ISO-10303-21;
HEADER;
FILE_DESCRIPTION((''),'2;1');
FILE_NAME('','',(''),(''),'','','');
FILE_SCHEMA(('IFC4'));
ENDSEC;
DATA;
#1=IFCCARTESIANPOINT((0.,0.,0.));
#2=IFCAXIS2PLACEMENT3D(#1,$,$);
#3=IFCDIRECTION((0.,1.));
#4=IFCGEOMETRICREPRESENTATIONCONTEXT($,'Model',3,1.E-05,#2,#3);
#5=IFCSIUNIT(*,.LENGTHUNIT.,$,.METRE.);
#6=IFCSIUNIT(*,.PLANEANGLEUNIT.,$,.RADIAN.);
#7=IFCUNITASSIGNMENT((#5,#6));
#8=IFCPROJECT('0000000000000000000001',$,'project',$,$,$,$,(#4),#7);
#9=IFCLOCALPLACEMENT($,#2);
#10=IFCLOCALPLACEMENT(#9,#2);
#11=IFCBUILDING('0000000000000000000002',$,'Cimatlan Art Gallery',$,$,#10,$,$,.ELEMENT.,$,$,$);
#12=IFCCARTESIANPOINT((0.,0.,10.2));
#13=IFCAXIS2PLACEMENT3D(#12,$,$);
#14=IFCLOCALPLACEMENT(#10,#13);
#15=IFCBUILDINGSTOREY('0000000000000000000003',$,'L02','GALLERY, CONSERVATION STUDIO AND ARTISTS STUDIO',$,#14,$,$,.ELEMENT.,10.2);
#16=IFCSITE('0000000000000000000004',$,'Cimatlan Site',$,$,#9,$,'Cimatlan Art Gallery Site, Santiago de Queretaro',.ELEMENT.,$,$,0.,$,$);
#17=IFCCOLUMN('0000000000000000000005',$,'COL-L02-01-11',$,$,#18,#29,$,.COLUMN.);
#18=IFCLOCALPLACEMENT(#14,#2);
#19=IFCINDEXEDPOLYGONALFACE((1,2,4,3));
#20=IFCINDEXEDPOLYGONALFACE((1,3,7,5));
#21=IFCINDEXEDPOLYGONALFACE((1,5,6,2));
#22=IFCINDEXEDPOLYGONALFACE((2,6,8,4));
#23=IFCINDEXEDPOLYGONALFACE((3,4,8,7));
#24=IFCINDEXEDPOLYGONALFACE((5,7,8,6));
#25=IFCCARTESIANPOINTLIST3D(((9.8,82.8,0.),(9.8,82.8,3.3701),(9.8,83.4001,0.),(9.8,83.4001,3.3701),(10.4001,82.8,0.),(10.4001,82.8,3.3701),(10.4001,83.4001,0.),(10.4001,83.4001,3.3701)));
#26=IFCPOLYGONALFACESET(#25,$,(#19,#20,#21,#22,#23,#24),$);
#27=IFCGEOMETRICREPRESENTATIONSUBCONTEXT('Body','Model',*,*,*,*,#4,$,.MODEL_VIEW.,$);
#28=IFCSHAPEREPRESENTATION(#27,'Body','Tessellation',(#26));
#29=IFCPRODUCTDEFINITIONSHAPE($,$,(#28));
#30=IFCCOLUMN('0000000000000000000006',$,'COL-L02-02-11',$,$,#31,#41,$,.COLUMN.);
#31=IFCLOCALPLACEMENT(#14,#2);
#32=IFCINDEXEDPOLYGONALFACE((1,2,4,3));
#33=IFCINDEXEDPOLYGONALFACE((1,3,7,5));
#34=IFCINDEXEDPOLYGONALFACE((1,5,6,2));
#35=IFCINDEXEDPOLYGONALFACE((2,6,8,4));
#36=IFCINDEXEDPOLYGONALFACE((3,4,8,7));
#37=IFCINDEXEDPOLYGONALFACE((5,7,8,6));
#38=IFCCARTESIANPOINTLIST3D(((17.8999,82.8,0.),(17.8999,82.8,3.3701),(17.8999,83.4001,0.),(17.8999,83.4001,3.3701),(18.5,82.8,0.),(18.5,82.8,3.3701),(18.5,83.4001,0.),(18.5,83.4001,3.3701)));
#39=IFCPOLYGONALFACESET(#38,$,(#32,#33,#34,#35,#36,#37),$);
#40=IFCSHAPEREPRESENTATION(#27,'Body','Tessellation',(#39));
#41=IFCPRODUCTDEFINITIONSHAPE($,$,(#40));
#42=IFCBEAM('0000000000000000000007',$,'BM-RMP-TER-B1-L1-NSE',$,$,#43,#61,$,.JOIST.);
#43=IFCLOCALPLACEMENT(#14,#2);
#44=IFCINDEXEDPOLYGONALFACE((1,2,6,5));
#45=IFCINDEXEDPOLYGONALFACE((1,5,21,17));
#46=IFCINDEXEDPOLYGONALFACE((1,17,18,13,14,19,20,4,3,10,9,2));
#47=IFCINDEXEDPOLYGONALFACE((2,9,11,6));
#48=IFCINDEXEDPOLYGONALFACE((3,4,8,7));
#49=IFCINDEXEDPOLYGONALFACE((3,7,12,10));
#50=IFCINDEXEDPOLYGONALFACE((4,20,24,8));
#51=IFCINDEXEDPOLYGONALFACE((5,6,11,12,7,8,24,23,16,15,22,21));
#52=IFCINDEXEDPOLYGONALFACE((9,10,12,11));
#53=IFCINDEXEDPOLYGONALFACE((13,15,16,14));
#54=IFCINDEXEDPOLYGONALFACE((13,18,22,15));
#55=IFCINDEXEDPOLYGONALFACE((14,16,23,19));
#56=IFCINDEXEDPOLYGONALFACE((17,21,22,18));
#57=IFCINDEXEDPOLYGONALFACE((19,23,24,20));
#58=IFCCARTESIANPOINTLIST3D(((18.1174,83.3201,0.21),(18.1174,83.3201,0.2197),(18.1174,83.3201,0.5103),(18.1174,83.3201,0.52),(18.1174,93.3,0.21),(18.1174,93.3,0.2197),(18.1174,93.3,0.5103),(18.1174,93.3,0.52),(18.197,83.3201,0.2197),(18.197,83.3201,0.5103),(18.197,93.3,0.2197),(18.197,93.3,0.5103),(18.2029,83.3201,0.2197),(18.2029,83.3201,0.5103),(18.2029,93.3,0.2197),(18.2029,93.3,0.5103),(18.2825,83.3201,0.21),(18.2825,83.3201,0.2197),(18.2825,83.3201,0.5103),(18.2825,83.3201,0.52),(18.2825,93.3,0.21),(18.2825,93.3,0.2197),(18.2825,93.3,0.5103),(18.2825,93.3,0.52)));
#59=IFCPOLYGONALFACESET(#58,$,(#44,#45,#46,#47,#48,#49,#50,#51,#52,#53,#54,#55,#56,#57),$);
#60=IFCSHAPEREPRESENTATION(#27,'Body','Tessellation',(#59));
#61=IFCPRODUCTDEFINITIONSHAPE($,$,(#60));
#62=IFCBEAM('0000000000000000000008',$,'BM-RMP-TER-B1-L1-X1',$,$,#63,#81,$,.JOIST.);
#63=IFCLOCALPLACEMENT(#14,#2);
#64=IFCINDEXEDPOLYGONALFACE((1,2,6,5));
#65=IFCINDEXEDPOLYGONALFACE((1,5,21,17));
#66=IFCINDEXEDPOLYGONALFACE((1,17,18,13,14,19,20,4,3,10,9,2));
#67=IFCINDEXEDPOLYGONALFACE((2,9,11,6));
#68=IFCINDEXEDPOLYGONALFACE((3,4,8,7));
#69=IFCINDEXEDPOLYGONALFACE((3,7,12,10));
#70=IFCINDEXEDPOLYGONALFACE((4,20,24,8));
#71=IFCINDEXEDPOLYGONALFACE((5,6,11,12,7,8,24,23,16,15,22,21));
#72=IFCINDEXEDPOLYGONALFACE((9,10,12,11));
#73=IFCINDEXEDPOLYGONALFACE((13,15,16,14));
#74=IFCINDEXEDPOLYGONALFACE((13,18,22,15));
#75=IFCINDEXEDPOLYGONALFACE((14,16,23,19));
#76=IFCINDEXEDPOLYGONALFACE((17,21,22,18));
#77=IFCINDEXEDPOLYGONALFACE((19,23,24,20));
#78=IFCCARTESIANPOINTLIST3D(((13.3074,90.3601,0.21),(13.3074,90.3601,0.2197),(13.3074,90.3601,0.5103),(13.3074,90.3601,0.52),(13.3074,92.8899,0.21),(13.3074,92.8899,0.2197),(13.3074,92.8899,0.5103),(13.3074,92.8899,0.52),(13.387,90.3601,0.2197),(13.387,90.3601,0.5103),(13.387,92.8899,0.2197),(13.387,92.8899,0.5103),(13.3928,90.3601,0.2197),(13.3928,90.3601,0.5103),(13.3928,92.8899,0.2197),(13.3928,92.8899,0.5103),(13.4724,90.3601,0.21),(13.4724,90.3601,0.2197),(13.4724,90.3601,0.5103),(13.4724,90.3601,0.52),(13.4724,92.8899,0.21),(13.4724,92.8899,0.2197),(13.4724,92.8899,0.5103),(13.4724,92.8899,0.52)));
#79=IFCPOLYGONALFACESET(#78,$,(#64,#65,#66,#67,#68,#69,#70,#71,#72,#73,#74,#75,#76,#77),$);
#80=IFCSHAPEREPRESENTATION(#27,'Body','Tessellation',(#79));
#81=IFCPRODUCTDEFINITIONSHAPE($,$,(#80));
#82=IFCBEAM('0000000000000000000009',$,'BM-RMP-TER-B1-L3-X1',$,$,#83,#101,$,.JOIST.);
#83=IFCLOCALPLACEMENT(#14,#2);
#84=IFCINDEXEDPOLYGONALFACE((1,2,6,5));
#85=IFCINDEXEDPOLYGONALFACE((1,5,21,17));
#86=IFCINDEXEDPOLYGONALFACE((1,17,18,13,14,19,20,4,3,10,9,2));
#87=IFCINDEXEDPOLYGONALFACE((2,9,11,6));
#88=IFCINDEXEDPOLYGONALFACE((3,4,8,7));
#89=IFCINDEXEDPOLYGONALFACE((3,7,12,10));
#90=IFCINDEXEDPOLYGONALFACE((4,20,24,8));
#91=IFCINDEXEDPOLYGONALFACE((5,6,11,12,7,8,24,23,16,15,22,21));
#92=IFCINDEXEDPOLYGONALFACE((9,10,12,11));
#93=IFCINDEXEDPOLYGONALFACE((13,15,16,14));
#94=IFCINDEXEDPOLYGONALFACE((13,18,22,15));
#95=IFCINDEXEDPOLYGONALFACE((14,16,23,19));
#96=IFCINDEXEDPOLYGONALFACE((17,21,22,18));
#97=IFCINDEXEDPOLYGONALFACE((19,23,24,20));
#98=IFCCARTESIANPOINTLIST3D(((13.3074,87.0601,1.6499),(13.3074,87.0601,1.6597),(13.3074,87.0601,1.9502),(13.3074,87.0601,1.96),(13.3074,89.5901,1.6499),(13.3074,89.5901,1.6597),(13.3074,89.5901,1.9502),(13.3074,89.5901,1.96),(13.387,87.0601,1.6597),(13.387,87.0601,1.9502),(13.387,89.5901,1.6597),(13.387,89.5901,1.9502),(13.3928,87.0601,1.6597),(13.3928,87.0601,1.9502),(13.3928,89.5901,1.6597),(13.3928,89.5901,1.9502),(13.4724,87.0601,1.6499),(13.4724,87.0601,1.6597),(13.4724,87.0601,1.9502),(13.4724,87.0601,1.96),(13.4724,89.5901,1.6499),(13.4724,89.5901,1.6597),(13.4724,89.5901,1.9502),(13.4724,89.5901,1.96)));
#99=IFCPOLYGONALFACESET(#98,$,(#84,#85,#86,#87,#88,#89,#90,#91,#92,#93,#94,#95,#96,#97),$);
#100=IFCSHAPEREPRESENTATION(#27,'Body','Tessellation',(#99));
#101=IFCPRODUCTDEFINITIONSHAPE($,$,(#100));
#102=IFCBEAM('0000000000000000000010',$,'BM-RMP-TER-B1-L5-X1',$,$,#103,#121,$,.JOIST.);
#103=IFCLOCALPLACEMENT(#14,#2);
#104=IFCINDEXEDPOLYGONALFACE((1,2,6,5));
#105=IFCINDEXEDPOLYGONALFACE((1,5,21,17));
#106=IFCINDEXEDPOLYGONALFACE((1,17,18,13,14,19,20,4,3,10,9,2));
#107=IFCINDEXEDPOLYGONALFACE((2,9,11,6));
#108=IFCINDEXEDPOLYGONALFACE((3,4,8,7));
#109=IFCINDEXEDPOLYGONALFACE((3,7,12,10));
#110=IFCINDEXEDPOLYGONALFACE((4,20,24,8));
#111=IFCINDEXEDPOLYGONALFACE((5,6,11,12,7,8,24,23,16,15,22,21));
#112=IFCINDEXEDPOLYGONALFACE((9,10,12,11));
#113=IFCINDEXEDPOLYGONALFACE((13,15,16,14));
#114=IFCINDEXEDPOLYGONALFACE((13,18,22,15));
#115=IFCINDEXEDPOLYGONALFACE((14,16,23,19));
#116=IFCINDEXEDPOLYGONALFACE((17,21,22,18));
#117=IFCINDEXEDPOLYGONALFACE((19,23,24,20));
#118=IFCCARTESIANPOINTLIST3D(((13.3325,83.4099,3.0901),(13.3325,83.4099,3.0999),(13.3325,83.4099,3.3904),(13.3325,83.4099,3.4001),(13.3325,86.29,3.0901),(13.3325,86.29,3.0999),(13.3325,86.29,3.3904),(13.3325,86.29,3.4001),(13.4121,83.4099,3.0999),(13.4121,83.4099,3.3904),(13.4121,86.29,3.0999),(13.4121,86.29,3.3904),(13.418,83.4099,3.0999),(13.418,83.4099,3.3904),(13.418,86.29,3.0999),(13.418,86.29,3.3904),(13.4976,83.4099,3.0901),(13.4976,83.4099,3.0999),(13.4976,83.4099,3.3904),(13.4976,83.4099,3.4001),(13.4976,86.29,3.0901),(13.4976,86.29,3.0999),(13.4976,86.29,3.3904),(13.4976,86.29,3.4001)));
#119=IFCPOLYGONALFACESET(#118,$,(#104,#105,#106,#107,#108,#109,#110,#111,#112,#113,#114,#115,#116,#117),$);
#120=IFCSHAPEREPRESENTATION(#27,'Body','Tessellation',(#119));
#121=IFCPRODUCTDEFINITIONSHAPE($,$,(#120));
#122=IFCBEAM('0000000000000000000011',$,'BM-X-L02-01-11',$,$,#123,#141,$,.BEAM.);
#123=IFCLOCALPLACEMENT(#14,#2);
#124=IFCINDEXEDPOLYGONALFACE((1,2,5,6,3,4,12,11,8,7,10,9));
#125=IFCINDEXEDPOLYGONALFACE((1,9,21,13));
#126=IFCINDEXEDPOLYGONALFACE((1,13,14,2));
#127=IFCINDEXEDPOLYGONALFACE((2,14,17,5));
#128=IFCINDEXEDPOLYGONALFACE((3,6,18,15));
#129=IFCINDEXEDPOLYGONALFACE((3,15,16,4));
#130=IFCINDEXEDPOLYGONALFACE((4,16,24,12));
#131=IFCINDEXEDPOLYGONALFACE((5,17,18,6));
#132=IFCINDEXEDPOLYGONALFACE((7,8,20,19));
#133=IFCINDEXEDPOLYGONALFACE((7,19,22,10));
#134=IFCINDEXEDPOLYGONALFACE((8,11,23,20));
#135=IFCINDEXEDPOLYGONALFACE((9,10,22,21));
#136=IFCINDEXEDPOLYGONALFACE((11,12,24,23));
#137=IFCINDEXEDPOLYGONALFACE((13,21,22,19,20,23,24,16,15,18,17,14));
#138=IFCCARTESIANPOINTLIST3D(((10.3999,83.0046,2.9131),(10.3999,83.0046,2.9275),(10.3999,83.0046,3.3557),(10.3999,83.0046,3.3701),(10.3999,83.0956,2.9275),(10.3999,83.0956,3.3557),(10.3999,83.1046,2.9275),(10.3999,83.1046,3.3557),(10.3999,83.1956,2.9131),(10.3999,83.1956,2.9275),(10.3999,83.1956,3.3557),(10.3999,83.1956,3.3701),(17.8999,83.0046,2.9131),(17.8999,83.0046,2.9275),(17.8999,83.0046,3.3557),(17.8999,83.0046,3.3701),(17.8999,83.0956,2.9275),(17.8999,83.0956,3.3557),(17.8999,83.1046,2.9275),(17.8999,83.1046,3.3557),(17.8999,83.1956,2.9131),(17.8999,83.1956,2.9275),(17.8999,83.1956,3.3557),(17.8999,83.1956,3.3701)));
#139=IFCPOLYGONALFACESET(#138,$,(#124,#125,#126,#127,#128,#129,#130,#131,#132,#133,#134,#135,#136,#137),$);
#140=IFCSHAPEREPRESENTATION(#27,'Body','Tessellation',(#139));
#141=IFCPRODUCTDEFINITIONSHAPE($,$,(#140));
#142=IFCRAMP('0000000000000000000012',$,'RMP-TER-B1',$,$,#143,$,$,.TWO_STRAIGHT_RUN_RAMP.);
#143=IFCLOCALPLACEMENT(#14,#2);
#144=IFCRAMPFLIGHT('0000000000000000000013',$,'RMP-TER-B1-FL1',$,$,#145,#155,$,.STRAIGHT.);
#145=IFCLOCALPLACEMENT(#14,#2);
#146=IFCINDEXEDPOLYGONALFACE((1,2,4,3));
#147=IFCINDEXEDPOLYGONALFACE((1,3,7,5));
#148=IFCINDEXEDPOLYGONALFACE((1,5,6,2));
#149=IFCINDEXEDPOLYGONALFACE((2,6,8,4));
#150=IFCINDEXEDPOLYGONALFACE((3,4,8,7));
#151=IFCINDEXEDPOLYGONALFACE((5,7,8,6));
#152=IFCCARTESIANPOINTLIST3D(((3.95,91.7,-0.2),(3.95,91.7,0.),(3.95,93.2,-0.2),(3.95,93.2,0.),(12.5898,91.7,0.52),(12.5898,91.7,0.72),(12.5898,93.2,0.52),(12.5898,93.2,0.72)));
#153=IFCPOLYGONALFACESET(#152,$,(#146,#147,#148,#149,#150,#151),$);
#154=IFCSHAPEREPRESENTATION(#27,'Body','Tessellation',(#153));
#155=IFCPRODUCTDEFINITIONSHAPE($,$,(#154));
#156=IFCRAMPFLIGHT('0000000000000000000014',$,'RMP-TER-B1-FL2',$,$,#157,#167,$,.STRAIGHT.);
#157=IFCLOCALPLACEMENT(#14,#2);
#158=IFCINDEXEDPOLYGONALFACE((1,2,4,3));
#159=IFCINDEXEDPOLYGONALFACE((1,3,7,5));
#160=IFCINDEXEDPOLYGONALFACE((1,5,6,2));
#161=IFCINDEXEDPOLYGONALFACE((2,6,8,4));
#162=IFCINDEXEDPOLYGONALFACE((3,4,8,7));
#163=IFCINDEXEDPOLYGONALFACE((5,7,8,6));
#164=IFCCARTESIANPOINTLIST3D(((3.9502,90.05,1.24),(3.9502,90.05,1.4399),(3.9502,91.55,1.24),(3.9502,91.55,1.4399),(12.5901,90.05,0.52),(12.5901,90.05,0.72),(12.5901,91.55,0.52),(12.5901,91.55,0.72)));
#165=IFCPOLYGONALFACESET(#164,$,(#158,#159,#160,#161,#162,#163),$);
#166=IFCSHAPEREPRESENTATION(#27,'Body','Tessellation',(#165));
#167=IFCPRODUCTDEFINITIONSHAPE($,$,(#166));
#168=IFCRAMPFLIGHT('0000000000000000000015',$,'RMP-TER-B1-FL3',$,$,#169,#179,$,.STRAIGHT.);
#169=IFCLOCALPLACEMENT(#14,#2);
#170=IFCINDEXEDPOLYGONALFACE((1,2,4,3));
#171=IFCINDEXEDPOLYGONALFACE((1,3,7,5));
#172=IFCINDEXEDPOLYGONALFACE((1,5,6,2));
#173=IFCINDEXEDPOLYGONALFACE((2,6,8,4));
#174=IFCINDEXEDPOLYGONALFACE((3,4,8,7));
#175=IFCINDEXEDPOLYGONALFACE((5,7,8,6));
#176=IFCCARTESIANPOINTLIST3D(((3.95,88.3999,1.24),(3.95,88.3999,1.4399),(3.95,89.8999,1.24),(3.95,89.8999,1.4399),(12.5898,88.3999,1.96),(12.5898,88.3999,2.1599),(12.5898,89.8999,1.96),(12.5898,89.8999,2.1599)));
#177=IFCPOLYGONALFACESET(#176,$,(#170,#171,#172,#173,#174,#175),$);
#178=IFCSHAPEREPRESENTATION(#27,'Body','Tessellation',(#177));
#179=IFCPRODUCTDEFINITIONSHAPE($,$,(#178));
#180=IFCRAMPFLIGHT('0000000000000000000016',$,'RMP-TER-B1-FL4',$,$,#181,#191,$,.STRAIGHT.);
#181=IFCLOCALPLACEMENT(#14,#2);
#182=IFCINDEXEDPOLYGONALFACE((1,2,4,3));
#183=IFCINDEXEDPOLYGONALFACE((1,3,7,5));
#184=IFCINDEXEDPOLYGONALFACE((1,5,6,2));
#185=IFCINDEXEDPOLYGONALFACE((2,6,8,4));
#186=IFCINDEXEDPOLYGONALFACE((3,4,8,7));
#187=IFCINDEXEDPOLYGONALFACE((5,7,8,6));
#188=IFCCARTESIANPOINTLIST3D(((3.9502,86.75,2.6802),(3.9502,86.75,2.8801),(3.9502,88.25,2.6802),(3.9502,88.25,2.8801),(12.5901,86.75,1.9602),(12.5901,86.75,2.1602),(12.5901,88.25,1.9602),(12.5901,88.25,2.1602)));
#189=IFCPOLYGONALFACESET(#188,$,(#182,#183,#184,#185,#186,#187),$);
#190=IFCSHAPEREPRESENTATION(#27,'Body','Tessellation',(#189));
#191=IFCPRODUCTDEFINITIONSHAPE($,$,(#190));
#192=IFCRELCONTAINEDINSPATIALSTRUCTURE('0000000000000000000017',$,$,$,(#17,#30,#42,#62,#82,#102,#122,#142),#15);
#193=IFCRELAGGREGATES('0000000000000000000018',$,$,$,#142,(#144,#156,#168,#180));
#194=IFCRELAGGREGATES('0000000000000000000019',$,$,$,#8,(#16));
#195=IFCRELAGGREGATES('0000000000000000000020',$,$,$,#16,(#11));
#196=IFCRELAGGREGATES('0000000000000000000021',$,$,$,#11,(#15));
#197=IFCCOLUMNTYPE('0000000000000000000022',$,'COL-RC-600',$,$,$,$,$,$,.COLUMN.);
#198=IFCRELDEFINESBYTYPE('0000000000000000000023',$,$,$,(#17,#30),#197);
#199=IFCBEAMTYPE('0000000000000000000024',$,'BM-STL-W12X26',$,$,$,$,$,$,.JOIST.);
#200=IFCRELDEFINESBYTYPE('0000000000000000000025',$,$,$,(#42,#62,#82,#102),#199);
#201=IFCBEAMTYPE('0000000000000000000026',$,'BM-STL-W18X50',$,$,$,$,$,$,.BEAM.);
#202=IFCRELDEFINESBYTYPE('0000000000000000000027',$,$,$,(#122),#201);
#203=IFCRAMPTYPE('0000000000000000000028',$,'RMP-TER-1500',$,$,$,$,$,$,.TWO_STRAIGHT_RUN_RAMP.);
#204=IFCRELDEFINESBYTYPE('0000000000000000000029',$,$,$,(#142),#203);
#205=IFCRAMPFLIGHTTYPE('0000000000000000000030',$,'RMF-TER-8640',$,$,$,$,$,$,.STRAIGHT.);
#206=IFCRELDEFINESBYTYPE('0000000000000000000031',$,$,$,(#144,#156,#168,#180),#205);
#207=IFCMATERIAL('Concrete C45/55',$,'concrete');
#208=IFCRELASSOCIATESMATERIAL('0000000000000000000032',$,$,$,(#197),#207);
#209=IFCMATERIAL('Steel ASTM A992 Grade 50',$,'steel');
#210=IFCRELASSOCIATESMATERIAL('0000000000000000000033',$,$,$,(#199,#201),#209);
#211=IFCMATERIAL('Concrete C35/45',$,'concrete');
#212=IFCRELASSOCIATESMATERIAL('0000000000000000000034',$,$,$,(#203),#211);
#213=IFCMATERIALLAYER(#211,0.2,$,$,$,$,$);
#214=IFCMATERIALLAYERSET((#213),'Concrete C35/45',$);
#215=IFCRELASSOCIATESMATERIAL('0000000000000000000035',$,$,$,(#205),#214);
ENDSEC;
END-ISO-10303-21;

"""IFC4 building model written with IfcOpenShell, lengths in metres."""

from ifc_helpers import new_model, si_unit, direction, frame, origin, origin_2d, place, context, subcontext, project, spatial, polyline, rectangle, i_section, outline, extrude, material, layer, layer_set, material_profile, profile_set, type_object, element, aggregate, save


model = new_model("IFC4")

# Units and contexts
model_context = context("Model", 3, precision=1e-05, world=origin(), true_north=direction((0.0, 1.0)))
body_context = subcontext(model_context, "Body", "Model", "MODEL_VIEW")
ifc_project = project(units=[si_unit("LENGTHUNIT", "METRE"), si_unit("PLANEANGLEUNIT", "RADIAN")], contexts=[model_context])

# Site, building, storey
site_placement = place(None, origin())
site = spatial("IfcSite", under=ifc_project, at=site_placement, Name="Cimatlan Site", LongName="Cimatlan Art Gallery Site, Santiago de Queretaro", CompositionType="ELEMENT", RefElevation=0.0)
building_placement = place(site_placement, origin())
building = spatial("IfcBuilding", under=site, at=building_placement, Name="Cimatlan Art Gallery", CompositionType="ELEMENT")
storey_placement = place(building_placement, frame((0.0, 0.0, 10.2)))
storey = spatial("IfcBuildingStorey", under=building, at=storey_placement, Name="L02", Description="GALLERY, CONSERVATION STUDIO AND ARTISTS STUDIO", CompositionType="ELEMENT", Elevation=10.2)

# Columns
ifc_material_1 = material(Name="Concrete C45/55", Category="concrete")
ifc_material_profile_1 = material_profile(ifc_material_1, rectangle(XDim=0.6001, YDim=0.6001, at=origin_2d()), Name="RC600X600")
ifc_profile_set_1 = profile_set([ifc_material_profile_1], Name="Concrete C45/55")
column_type = type_object("IfcColumnType", Name="COL-RC-600", PredefinedType="COLUMN", material=ifc_profile_set_1)
for number, where, z_axis, x_axis, name in (
    (1, (10.1001, 83.1001, 0.0), (0.0, 0.0, 1.0), (1.0, 0.0, 0.0), "COL-L02-01-11"),
    (2, (18.2, 83.1001, 0.0), (0.0, 0.0, 1.0), (1.0, 0.0, 0.0), "COL-L02-02-11"),
):
    element("IfcColumn", number, at=place(storey_placement, frame(where, z_axis=z_axis, x_axis=x_axis)), inside=storey, type_object=column_type, Name=name, PredefinedType="COLUMN", context=body_context, shape_type="SweptSolid", body=[
        extrude(rectangle(XDim=0.6001, YDim=0.6001, at=origin_2d()), origin(), (0.0, 0.0, 1.0), 3.3701),
    ])

# Beams
ifc_material_2 = material(Name="Steel ASTM A992 Grade 50", Category="steel")
ifc_material_profile_2 = material_profile(ifc_material_2, i_section(OverallWidth=0.165, OverallDepth=0.3101, WebThickness=0.0059, FlangeThickness=0.0098, at=origin_2d()), Name="W12X26")
ifc_profile_set_2 = profile_set([ifc_material_profile_2], Name="Steel ASTM A992 Grade 50")
beam_type_1 = type_object("IfcBeamType", Name="BM-STL-W12X26", PredefinedType="JOIST", material=ifc_profile_set_2)
beam_1_placement = place(storey_placement, frame((18.2, 83.3201, 0.365), z_axis=(0.0, 1.0, 0.0), x_axis=(-1.0, 0.0, 0.0)))
element("IfcBeam", 3, at=beam_1_placement, inside=storey, type_object=beam_type_1, Name="BM-RMP-TER-B1-L1-NSE", PredefinedType="JOIST", context=body_context, shape_type="SweptSolid", body=[
    extrude(i_section(OverallWidth=0.165, OverallDepth=0.3101, WebThickness=0.0059, FlangeThickness=0.0098, at=origin_2d()), origin(), (0.0, 0.0, 1.0), 9.98),
])
beam_2_placement = place(storey_placement, frame((13.3899, 90.3601, 0.365), z_axis=(0.0, 1.0, 0.0), x_axis=(-1.0, 0.0, 0.0)))
element("IfcBeam", 4, at=beam_2_placement, inside=storey, type_object=beam_type_1, Name="BM-RMP-TER-B1-L1-X1", PredefinedType="JOIST", context=body_context, shape_type="SweptSolid", body=[
    extrude(i_section(OverallWidth=0.165, OverallDepth=0.3101, WebThickness=0.0059, FlangeThickness=0.0098, at=origin_2d()), origin(), (0.0, 0.0, 1.0), 2.5298),
])
beam_3_placement = place(storey_placement, frame((13.3899, 87.0601, 1.8049), z_axis=(0.0, 1.0, 0.0), x_axis=(-1.0, 0.0, 0.0)))
element("IfcBeam", 5, at=beam_3_placement, inside=storey, type_object=beam_type_1, Name="BM-RMP-TER-B1-L3-X1", PredefinedType="JOIST", context=body_context, shape_type="SweptSolid", body=[
    extrude(i_section(OverallWidth=0.165, OverallDepth=0.3101, WebThickness=0.0059, FlangeThickness=0.0098, at=origin_2d()), origin(), (0.0, 0.0, 1.0), 2.53),
])
beam_4_placement = place(storey_placement, frame((13.415, 83.4099, 3.2451), z_axis=(0.0, 1.0, 0.0), x_axis=(-1.0, 0.0, 0.0)))
element("IfcBeam", 6, at=beam_4_placement, inside=storey, type_object=beam_type_1, Name="BM-RMP-TER-B1-L5-X1", PredefinedType="JOIST", context=body_context, shape_type="SweptSolid", body=[
    extrude(i_section(OverallWidth=0.165, OverallDepth=0.3101, WebThickness=0.0059, FlangeThickness=0.0098, at=origin_2d()), origin(), (0.0, 0.0, 1.0), 2.8801),
])
ifc_material_profile_3 = material_profile(ifc_material_2, i_section(OverallWidth=0.1909, OverallDepth=0.457, WebThickness=0.009, FlangeThickness=0.0144, at=origin_2d()), Name="W18X50")
ifc_profile_set_3 = profile_set([ifc_material_profile_3], Name="Steel ASTM A992 Grade 50")
beam_type_2 = type_object("IfcBeamType", Name="BM-STL-W18X50", PredefinedType="BEAM", material=ifc_profile_set_3)
beam_5_placement = place(storey_placement, frame((10.3999, 83.1001, 3.1416), z_axis=(1.0, 0.0, 0.0), x_axis=(0.0, 1.0, 0.0)))
element("IfcBeam", 7, at=beam_5_placement, inside=storey, type_object=beam_type_2, Name="BM-X-L02-01-11", PredefinedType="BEAM", context=body_context, shape_type="SweptSolid", body=[
    extrude(i_section(OverallWidth=0.1909, OverallDepth=0.457, WebThickness=0.009, FlangeThickness=0.0144, at=origin_2d()), origin(), (0.0, 0.0, 1.0), 7.5),
])

# Ramp, ramp flights
ifc_material_3 = material(Name="Concrete C35/45", Category="concrete")
ramp_type = type_object("IfcRampType", Name="RMP-TER-1500", PredefinedType="TWO_STRAIGHT_RUN_RAMP", material=ifc_material_3)
ramp_placement = place(storey_placement, origin())
ramp = element("IfcRamp", 8, at=ramp_placement, inside=storey, type_object=ramp_type, Name="RMP-TER-B1", PredefinedType="TWO_STRAIGHT_RUN_RAMP")
ifc_layer_1 = layer(ifc_material_3, 0.2)
ifc_layer_set_1 = layer_set([ifc_layer_1], Name="Concrete C35/45")
ramp_flight_type = type_object("IfcRampFlightType", Name="RMF-TER-8640", PredefinedType="STRAIGHT", material=ifc_layer_set_1)
ramp_flight_1_placement = place(storey_placement, frame((3.95, 92.45, 0.0), z_axis=(0.0, 0.0, 1.0), x_axis=(1.0, 0.0, 0.0)))
ramp_flight_1 = element("IfcRampFlight", 9, at=ramp_flight_1_placement, type_object=ramp_flight_type, Name="RMP-TER-B1-FL1", PredefinedType="STRAIGHT", context=body_context, shape_type="SweptSolid", body=[
    extrude(outline(polyline([(0.0, 0.0), (8.6399, 0.72), (8.6399, 0.52), (0.0, -0.2), (0.0, 0.0)])), frame((0.0, 0.75, 0.0), z_axis=(0.0, -1.0, 0.0), x_axis=(1.0, 0.0, 0.0)), (0.0, 0.0, 1.0), 1.5),
])
ramp_flight_2_placement = place(storey_placement, frame((12.5901, 90.8, 0.72), z_axis=(0.0, 0.0, 1.0), x_axis=(-1.0, 0.0, 0.0)))
ramp_flight_2 = element("IfcRampFlight", 10, at=ramp_flight_2_placement, type_object=ramp_flight_type, Name="RMP-TER-B1-FL2", PredefinedType="STRAIGHT", context=body_context, shape_type="SweptSolid", body=[
    extrude(outline(polyline([(0.0, 0.0), (8.6399, 0.72), (8.6399, 0.52), (0.0, -0.2), (0.0, 0.0)])), frame((0.0, 0.75, 0.0), z_axis=(0.0, -1.0, 0.0), x_axis=(1.0, 0.0, 0.0)), (0.0, 0.0, 1.0), 1.5),
])
ramp_flight_3_placement = place(storey_placement, frame((3.95, 89.1499, 1.4399), z_axis=(0.0, 0.0, 1.0), x_axis=(1.0, 0.0, 0.0)))
ramp_flight_3 = element("IfcRampFlight", 11, at=ramp_flight_3_placement, type_object=ramp_flight_type, Name="RMP-TER-B1-FL3", PredefinedType="STRAIGHT", context=body_context, shape_type="SweptSolid", body=[
    extrude(outline(polyline([(0.0, 0.0), (8.6399, 0.72), (8.6399, 0.52), (0.0, -0.2), (0.0, 0.0)])), frame((0.0, 0.75, 0.0), z_axis=(0.0, -1.0, 0.0), x_axis=(1.0, 0.0, 0.0)), (0.0, 0.0, 1.0), 1.5),
])
ramp_flight_4_placement = place(storey_placement, frame((12.5901, 87.5, 2.1602), z_axis=(0.0, 0.0, 1.0), x_axis=(-1.0, 0.0, 0.0)))
ramp_flight_4 = element("IfcRampFlight", 12, at=ramp_flight_4_placement, type_object=ramp_flight_type, Name="RMP-TER-B1-FL4", PredefinedType="STRAIGHT", context=body_context, shape_type="SweptSolid", body=[
    extrude(outline(polyline([(0.0, 0.0), (8.6399, 0.72), (8.6399, 0.52), (0.0, -0.2), (0.0, 0.0)])), frame((0.0, 0.75, 0.0), z_axis=(0.0, -1.0, 0.0), x_axis=(1.0, 0.0, 0.0)), (0.0, 0.0, 1.0), 1.5),
])
aggregate(ramp, [ramp_flight_1, ramp_flight_2, ramp_flight_3, ramp_flight_4])

save(model, "model.ifc")
